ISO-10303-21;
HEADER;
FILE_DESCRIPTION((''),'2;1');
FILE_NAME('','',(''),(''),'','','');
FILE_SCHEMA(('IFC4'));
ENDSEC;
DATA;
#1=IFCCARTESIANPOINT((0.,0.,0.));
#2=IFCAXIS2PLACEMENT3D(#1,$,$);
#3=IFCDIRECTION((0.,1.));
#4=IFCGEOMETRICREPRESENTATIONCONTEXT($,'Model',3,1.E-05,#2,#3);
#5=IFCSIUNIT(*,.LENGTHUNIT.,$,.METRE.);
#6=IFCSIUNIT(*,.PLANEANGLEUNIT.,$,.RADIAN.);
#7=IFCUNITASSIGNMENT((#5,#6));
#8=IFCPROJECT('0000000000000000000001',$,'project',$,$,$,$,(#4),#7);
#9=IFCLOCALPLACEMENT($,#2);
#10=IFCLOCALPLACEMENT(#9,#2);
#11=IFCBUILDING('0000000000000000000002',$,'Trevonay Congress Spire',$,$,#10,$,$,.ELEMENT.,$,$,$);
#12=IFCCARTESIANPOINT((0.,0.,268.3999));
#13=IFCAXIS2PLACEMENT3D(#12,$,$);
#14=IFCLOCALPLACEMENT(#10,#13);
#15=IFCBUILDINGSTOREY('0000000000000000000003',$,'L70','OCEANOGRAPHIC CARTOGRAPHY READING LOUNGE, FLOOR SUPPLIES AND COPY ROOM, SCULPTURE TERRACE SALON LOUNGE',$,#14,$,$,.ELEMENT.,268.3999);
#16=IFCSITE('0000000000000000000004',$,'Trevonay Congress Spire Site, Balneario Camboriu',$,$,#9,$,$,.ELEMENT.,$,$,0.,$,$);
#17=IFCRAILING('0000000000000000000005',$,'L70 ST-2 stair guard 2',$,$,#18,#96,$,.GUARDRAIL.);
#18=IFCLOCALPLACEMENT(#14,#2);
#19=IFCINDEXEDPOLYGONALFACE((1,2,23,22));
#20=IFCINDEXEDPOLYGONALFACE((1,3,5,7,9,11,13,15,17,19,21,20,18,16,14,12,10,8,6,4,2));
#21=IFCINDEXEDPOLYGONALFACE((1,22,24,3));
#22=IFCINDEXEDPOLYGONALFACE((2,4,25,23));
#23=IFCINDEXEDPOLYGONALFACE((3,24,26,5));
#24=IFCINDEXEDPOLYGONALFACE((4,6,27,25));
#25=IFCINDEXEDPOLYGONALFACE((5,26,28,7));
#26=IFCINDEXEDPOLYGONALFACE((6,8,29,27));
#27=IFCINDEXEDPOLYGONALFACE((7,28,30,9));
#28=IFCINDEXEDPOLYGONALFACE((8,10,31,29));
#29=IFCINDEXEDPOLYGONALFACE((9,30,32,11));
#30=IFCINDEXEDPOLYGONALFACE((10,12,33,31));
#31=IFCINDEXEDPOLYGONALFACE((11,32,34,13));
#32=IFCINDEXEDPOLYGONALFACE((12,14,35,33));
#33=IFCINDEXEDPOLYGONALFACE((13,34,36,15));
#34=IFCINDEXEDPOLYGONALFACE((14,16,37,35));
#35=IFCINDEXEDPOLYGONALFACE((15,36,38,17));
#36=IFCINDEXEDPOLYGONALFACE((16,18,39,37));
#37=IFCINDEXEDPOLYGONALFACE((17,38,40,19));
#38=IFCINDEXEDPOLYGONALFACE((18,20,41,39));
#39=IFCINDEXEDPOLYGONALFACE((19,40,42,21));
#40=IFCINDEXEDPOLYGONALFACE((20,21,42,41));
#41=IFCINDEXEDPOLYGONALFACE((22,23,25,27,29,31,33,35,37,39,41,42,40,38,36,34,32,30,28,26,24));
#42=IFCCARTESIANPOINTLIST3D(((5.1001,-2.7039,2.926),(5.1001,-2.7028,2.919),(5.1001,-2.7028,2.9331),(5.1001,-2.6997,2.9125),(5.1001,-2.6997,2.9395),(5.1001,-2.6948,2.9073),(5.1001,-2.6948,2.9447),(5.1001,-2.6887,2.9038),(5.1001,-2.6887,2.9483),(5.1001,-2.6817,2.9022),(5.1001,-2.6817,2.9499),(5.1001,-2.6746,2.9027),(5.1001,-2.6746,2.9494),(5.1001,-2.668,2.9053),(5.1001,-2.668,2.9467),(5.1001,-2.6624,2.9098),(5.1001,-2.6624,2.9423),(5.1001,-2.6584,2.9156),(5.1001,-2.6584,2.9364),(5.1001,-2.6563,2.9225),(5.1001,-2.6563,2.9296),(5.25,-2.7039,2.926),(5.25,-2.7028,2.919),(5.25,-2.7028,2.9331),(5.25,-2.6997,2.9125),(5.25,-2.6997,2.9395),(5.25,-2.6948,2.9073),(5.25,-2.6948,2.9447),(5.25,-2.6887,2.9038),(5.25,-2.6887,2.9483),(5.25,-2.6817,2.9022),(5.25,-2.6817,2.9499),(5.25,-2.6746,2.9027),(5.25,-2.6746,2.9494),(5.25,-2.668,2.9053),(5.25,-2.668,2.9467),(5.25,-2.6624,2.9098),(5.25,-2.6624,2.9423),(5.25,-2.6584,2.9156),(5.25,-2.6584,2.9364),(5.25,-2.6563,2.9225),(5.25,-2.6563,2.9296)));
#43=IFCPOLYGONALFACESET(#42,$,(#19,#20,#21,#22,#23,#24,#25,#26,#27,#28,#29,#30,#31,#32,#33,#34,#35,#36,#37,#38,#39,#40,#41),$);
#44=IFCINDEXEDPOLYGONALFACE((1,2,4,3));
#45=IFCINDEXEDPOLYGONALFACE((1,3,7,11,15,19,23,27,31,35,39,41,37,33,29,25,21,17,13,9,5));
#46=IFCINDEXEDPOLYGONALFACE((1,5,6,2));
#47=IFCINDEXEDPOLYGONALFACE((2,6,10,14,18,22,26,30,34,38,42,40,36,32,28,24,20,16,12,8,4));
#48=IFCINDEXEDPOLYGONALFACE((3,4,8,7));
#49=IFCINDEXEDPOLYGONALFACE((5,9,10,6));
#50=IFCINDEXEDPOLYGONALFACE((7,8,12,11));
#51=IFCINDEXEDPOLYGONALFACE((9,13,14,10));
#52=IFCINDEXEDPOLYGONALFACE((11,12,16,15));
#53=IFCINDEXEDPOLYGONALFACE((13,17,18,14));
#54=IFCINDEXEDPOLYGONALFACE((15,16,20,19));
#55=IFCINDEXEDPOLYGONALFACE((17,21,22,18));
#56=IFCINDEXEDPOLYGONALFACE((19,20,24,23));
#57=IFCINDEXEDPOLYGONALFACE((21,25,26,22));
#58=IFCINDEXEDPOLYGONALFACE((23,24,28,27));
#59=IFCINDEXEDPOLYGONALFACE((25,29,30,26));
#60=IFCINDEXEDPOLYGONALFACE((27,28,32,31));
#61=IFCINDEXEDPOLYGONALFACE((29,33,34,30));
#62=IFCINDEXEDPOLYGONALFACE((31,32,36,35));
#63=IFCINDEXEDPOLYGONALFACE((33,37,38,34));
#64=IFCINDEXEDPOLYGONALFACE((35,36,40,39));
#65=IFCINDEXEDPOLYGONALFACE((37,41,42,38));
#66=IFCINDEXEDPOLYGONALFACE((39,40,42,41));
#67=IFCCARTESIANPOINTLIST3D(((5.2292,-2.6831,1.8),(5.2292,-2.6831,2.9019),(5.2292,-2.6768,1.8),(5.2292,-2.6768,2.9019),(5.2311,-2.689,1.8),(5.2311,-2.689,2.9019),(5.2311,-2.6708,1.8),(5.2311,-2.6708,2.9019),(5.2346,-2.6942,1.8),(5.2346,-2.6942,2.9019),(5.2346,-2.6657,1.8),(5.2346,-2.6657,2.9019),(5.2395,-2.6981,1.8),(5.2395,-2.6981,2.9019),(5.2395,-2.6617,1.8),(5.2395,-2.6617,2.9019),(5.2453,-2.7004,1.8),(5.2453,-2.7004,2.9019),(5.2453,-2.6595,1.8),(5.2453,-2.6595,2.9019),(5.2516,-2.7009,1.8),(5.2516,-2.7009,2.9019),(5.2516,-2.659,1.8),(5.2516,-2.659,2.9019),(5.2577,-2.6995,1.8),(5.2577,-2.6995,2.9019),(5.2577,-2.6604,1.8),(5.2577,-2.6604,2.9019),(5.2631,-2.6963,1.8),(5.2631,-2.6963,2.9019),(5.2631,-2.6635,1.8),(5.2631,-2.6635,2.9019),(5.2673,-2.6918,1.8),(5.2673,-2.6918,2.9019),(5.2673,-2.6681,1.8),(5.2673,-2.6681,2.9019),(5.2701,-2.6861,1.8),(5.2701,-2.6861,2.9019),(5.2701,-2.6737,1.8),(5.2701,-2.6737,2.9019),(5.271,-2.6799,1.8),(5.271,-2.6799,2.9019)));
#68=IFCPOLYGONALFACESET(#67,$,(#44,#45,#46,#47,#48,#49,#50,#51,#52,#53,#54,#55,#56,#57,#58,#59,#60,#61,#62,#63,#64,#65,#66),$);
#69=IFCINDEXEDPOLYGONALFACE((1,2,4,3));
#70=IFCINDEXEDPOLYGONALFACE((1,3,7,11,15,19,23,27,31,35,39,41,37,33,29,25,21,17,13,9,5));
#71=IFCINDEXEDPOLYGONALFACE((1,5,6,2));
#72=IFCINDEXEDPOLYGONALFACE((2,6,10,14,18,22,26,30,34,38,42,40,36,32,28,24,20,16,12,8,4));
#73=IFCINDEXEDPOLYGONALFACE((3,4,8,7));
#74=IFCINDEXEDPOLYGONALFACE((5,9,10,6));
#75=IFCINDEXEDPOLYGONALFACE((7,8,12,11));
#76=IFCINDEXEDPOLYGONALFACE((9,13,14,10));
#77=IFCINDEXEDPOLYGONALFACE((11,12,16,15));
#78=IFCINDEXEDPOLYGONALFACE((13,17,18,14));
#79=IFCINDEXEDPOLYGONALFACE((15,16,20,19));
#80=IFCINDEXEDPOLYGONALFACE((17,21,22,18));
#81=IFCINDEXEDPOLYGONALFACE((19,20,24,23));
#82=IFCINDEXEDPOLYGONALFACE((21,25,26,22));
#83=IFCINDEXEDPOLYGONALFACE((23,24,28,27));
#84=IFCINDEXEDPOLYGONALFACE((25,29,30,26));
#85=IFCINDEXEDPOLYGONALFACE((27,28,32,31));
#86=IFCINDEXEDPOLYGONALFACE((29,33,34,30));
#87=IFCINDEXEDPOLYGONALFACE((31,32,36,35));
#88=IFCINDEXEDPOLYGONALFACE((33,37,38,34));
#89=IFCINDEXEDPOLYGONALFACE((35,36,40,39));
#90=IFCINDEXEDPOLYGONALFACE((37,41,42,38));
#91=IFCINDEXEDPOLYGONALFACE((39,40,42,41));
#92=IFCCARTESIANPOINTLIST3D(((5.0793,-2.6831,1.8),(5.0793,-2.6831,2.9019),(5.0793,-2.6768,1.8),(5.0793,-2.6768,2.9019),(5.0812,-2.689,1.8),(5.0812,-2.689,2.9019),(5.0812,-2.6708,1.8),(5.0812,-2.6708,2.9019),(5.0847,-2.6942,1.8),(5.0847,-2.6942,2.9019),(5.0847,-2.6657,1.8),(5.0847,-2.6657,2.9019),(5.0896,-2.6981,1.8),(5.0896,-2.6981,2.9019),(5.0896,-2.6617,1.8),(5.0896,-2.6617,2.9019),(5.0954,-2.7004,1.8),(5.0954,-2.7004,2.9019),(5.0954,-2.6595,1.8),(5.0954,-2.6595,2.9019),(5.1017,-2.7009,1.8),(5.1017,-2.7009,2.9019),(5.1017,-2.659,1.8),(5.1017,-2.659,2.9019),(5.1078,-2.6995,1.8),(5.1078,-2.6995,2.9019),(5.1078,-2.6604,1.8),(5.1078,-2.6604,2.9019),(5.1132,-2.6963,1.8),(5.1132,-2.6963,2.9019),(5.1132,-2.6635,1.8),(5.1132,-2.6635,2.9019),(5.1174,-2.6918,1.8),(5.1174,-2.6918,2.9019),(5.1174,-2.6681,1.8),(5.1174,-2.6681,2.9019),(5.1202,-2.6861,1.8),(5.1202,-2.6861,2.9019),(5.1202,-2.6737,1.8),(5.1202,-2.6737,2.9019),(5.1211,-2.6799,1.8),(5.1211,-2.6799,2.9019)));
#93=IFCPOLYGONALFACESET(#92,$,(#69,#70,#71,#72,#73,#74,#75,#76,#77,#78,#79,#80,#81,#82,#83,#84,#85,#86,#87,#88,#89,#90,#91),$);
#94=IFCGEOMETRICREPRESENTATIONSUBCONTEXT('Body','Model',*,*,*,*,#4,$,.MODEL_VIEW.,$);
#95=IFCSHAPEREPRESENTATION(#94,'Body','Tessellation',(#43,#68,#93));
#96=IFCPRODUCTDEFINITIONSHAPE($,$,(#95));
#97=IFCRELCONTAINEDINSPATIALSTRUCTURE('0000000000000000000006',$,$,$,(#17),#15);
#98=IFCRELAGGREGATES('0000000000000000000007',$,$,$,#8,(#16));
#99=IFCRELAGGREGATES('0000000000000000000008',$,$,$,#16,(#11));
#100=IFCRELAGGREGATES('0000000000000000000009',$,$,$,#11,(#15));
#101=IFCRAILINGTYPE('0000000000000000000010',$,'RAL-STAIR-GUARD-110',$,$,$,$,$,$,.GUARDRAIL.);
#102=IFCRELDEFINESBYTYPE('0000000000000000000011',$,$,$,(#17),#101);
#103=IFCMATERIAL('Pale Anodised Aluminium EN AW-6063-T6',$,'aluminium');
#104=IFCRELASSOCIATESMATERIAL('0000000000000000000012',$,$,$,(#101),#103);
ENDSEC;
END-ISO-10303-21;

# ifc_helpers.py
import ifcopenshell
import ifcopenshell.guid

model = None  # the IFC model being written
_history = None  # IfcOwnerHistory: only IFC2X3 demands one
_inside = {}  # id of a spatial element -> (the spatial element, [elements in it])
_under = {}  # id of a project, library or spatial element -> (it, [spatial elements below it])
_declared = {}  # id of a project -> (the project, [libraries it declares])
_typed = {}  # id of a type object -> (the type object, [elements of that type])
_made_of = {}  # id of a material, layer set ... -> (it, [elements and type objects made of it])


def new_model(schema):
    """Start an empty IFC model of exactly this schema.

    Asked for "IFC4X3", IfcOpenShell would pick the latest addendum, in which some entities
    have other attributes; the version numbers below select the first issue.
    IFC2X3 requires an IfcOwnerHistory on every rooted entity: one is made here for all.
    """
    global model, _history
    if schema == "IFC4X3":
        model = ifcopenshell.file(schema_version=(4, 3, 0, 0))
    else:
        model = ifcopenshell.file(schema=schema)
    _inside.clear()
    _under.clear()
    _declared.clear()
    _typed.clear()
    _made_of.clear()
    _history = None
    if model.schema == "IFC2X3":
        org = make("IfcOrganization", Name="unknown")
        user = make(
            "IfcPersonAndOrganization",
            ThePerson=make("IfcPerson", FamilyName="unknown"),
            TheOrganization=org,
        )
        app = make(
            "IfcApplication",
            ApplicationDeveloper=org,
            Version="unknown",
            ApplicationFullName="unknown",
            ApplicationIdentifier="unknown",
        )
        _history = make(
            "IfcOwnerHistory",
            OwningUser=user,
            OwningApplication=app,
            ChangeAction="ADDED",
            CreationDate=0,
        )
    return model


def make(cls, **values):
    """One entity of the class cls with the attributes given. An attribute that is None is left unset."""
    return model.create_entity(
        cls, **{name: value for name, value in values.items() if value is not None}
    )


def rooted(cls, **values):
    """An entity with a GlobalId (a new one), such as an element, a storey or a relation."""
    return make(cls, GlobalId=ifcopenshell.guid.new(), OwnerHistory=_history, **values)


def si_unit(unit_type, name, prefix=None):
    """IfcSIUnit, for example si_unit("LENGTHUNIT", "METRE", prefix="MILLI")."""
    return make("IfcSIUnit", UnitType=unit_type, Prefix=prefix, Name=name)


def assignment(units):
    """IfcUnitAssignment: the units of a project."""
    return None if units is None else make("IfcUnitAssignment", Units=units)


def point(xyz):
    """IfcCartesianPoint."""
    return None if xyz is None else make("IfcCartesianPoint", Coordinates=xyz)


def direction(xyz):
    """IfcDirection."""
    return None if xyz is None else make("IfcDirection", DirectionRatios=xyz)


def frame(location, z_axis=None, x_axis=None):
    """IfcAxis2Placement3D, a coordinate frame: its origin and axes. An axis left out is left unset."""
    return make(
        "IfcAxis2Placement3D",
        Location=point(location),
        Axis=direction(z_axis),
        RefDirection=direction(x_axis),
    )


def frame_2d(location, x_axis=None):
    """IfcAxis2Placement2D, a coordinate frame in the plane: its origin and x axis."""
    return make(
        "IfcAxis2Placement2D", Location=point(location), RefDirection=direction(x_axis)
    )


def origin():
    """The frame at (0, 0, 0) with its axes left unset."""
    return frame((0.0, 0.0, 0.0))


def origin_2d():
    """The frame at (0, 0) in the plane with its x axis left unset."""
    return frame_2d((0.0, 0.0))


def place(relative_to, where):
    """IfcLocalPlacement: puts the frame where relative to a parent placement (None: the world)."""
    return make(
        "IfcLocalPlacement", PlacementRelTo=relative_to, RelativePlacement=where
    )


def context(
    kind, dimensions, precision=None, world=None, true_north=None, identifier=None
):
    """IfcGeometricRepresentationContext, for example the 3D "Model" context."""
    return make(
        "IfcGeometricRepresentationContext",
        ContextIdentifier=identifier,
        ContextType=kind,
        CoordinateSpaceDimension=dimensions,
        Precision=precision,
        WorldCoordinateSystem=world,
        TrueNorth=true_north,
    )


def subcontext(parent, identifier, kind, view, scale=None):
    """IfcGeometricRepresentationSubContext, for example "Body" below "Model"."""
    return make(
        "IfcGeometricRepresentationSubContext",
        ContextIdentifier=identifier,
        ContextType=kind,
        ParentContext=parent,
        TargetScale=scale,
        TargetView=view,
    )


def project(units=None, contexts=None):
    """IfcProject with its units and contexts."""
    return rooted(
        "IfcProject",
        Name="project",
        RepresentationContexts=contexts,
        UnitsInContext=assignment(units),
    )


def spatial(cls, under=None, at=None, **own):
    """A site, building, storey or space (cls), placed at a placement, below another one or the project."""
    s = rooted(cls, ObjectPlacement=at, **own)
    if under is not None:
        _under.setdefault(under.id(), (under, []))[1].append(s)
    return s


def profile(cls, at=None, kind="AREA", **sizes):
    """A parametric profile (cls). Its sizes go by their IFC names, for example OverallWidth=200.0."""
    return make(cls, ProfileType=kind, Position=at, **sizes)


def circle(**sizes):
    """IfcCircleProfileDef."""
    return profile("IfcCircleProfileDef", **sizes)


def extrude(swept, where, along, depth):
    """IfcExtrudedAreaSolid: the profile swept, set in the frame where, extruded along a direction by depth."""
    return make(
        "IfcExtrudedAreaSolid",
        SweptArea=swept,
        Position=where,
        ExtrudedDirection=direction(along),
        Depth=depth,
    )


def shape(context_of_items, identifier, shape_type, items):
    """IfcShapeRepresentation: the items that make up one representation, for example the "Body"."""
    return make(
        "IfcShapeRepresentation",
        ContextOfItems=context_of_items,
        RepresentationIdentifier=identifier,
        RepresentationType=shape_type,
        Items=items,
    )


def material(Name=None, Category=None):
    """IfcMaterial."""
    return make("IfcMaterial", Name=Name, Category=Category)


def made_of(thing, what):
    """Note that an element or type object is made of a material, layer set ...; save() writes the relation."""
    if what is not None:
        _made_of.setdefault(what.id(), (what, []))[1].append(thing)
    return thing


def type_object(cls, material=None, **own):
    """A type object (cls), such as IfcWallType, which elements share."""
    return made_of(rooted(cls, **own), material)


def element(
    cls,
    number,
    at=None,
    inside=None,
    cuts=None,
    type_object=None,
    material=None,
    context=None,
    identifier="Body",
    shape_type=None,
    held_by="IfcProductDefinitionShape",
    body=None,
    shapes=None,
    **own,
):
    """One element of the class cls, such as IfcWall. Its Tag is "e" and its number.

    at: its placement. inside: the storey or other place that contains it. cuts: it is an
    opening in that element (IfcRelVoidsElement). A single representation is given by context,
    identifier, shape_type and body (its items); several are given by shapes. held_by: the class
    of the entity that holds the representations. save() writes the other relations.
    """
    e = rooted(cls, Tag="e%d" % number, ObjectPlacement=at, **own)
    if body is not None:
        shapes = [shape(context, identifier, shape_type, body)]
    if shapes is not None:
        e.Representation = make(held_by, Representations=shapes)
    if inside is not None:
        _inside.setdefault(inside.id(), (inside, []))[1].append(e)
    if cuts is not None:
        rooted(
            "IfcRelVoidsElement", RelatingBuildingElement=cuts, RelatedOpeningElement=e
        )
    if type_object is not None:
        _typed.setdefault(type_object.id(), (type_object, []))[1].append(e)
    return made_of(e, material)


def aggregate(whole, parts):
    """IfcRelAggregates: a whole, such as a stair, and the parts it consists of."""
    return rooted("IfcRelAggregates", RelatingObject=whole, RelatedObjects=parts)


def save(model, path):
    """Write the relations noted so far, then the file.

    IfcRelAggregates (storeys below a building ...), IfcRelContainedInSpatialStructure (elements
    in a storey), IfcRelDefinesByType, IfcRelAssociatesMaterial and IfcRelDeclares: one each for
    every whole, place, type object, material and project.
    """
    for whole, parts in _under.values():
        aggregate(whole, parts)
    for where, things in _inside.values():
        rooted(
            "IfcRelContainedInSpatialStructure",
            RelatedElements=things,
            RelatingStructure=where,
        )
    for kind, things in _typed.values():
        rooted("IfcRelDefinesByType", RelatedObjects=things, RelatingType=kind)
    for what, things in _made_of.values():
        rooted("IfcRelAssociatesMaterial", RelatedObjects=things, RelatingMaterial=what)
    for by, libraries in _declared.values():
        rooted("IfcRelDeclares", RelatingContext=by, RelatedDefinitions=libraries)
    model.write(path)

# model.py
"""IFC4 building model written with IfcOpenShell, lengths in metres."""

from ifc_helpers import new_model, si_unit, direction, frame, origin, origin_2d, place, context, subcontext, project, spatial, circle, extrude, material, type_object, element, save


model = new_model("IFC4")

# Units and contexts
model_context = context("Model", 3, precision=1e-05, world=origin(), true_north=direction((0.0, 1.0)))
body_context = subcontext(model_context, "Body", "Model", "MODEL_VIEW")
ifc_project = project(units=[si_unit("LENGTHUNIT", "METRE"), si_unit("PLANEANGLEUNIT", "RADIAN")], contexts=[model_context])

# Site, building, storey
site_placement = place(None, origin())
site = spatial("IfcSite", under=ifc_project, at=site_placement, Name="Trevonay Congress Spire Site, Balneario Camboriu", CompositionType="ELEMENT", RefElevation=0.0)
building_placement = place(site_placement, origin())
building = spatial("IfcBuilding", under=site, at=building_placement, Name="Trevonay Congress Spire", CompositionType="ELEMENT")
storey_placement = place(building_placement, frame((0.0, 0.0, 268.3999)))
storey = spatial("IfcBuildingStorey", under=building, at=storey_placement, Name="L70", Description="OCEANOGRAPHIC CARTOGRAPHY READING LOUNGE, FLOOR SUPPLIES AND COPY ROOM, SCULPTURE TERRACE SALON LOUNGE", CompositionType="ELEMENT", Elevation=268.3999)

# Shared definitions
ifc_material_1 = material(Name="Pale Anodised Aluminium EN AW-6063-T6", Category="aluminium")

# Railing
railing_type_1 = type_object("IfcRailingType", Name="RAL-STAIR-GUARD-110", PredefinedType="GUARDRAIL", material=ifc_material_1)
railing_1_placement = place(storey_placement, frame((5.25, -2.6799, 1.8)))
element("IfcRailing", 1, at=railing_1_placement, inside=storey, type_object=railing_type_1, Name="L70 ST-2 stair guard 2", PredefinedType="GUARDRAIL", context=body_context, shape_type="SweptSolid", body=[
    extrude(circle(Radius=0.0239, at=origin_2d()), frame((0.0, 0.0, 1.126), z_axis=(-1.0, 0.0, 0.0), x_axis=(0.0, -1.0, 0.0)), (0.0, 0.0, 1.0), 0.1499),
    extrude(circle(Radius=0.021, at=origin_2d()), origin(), (0.0, 0.0, 1.0), 1.1018),
    extrude(circle(Radius=0.021, at=origin_2d()), frame((-0.1499, 0.0, 0.0)), (0.0, 0.0, 1.0), 1.1018),
])

save(model, "model.ifc")
